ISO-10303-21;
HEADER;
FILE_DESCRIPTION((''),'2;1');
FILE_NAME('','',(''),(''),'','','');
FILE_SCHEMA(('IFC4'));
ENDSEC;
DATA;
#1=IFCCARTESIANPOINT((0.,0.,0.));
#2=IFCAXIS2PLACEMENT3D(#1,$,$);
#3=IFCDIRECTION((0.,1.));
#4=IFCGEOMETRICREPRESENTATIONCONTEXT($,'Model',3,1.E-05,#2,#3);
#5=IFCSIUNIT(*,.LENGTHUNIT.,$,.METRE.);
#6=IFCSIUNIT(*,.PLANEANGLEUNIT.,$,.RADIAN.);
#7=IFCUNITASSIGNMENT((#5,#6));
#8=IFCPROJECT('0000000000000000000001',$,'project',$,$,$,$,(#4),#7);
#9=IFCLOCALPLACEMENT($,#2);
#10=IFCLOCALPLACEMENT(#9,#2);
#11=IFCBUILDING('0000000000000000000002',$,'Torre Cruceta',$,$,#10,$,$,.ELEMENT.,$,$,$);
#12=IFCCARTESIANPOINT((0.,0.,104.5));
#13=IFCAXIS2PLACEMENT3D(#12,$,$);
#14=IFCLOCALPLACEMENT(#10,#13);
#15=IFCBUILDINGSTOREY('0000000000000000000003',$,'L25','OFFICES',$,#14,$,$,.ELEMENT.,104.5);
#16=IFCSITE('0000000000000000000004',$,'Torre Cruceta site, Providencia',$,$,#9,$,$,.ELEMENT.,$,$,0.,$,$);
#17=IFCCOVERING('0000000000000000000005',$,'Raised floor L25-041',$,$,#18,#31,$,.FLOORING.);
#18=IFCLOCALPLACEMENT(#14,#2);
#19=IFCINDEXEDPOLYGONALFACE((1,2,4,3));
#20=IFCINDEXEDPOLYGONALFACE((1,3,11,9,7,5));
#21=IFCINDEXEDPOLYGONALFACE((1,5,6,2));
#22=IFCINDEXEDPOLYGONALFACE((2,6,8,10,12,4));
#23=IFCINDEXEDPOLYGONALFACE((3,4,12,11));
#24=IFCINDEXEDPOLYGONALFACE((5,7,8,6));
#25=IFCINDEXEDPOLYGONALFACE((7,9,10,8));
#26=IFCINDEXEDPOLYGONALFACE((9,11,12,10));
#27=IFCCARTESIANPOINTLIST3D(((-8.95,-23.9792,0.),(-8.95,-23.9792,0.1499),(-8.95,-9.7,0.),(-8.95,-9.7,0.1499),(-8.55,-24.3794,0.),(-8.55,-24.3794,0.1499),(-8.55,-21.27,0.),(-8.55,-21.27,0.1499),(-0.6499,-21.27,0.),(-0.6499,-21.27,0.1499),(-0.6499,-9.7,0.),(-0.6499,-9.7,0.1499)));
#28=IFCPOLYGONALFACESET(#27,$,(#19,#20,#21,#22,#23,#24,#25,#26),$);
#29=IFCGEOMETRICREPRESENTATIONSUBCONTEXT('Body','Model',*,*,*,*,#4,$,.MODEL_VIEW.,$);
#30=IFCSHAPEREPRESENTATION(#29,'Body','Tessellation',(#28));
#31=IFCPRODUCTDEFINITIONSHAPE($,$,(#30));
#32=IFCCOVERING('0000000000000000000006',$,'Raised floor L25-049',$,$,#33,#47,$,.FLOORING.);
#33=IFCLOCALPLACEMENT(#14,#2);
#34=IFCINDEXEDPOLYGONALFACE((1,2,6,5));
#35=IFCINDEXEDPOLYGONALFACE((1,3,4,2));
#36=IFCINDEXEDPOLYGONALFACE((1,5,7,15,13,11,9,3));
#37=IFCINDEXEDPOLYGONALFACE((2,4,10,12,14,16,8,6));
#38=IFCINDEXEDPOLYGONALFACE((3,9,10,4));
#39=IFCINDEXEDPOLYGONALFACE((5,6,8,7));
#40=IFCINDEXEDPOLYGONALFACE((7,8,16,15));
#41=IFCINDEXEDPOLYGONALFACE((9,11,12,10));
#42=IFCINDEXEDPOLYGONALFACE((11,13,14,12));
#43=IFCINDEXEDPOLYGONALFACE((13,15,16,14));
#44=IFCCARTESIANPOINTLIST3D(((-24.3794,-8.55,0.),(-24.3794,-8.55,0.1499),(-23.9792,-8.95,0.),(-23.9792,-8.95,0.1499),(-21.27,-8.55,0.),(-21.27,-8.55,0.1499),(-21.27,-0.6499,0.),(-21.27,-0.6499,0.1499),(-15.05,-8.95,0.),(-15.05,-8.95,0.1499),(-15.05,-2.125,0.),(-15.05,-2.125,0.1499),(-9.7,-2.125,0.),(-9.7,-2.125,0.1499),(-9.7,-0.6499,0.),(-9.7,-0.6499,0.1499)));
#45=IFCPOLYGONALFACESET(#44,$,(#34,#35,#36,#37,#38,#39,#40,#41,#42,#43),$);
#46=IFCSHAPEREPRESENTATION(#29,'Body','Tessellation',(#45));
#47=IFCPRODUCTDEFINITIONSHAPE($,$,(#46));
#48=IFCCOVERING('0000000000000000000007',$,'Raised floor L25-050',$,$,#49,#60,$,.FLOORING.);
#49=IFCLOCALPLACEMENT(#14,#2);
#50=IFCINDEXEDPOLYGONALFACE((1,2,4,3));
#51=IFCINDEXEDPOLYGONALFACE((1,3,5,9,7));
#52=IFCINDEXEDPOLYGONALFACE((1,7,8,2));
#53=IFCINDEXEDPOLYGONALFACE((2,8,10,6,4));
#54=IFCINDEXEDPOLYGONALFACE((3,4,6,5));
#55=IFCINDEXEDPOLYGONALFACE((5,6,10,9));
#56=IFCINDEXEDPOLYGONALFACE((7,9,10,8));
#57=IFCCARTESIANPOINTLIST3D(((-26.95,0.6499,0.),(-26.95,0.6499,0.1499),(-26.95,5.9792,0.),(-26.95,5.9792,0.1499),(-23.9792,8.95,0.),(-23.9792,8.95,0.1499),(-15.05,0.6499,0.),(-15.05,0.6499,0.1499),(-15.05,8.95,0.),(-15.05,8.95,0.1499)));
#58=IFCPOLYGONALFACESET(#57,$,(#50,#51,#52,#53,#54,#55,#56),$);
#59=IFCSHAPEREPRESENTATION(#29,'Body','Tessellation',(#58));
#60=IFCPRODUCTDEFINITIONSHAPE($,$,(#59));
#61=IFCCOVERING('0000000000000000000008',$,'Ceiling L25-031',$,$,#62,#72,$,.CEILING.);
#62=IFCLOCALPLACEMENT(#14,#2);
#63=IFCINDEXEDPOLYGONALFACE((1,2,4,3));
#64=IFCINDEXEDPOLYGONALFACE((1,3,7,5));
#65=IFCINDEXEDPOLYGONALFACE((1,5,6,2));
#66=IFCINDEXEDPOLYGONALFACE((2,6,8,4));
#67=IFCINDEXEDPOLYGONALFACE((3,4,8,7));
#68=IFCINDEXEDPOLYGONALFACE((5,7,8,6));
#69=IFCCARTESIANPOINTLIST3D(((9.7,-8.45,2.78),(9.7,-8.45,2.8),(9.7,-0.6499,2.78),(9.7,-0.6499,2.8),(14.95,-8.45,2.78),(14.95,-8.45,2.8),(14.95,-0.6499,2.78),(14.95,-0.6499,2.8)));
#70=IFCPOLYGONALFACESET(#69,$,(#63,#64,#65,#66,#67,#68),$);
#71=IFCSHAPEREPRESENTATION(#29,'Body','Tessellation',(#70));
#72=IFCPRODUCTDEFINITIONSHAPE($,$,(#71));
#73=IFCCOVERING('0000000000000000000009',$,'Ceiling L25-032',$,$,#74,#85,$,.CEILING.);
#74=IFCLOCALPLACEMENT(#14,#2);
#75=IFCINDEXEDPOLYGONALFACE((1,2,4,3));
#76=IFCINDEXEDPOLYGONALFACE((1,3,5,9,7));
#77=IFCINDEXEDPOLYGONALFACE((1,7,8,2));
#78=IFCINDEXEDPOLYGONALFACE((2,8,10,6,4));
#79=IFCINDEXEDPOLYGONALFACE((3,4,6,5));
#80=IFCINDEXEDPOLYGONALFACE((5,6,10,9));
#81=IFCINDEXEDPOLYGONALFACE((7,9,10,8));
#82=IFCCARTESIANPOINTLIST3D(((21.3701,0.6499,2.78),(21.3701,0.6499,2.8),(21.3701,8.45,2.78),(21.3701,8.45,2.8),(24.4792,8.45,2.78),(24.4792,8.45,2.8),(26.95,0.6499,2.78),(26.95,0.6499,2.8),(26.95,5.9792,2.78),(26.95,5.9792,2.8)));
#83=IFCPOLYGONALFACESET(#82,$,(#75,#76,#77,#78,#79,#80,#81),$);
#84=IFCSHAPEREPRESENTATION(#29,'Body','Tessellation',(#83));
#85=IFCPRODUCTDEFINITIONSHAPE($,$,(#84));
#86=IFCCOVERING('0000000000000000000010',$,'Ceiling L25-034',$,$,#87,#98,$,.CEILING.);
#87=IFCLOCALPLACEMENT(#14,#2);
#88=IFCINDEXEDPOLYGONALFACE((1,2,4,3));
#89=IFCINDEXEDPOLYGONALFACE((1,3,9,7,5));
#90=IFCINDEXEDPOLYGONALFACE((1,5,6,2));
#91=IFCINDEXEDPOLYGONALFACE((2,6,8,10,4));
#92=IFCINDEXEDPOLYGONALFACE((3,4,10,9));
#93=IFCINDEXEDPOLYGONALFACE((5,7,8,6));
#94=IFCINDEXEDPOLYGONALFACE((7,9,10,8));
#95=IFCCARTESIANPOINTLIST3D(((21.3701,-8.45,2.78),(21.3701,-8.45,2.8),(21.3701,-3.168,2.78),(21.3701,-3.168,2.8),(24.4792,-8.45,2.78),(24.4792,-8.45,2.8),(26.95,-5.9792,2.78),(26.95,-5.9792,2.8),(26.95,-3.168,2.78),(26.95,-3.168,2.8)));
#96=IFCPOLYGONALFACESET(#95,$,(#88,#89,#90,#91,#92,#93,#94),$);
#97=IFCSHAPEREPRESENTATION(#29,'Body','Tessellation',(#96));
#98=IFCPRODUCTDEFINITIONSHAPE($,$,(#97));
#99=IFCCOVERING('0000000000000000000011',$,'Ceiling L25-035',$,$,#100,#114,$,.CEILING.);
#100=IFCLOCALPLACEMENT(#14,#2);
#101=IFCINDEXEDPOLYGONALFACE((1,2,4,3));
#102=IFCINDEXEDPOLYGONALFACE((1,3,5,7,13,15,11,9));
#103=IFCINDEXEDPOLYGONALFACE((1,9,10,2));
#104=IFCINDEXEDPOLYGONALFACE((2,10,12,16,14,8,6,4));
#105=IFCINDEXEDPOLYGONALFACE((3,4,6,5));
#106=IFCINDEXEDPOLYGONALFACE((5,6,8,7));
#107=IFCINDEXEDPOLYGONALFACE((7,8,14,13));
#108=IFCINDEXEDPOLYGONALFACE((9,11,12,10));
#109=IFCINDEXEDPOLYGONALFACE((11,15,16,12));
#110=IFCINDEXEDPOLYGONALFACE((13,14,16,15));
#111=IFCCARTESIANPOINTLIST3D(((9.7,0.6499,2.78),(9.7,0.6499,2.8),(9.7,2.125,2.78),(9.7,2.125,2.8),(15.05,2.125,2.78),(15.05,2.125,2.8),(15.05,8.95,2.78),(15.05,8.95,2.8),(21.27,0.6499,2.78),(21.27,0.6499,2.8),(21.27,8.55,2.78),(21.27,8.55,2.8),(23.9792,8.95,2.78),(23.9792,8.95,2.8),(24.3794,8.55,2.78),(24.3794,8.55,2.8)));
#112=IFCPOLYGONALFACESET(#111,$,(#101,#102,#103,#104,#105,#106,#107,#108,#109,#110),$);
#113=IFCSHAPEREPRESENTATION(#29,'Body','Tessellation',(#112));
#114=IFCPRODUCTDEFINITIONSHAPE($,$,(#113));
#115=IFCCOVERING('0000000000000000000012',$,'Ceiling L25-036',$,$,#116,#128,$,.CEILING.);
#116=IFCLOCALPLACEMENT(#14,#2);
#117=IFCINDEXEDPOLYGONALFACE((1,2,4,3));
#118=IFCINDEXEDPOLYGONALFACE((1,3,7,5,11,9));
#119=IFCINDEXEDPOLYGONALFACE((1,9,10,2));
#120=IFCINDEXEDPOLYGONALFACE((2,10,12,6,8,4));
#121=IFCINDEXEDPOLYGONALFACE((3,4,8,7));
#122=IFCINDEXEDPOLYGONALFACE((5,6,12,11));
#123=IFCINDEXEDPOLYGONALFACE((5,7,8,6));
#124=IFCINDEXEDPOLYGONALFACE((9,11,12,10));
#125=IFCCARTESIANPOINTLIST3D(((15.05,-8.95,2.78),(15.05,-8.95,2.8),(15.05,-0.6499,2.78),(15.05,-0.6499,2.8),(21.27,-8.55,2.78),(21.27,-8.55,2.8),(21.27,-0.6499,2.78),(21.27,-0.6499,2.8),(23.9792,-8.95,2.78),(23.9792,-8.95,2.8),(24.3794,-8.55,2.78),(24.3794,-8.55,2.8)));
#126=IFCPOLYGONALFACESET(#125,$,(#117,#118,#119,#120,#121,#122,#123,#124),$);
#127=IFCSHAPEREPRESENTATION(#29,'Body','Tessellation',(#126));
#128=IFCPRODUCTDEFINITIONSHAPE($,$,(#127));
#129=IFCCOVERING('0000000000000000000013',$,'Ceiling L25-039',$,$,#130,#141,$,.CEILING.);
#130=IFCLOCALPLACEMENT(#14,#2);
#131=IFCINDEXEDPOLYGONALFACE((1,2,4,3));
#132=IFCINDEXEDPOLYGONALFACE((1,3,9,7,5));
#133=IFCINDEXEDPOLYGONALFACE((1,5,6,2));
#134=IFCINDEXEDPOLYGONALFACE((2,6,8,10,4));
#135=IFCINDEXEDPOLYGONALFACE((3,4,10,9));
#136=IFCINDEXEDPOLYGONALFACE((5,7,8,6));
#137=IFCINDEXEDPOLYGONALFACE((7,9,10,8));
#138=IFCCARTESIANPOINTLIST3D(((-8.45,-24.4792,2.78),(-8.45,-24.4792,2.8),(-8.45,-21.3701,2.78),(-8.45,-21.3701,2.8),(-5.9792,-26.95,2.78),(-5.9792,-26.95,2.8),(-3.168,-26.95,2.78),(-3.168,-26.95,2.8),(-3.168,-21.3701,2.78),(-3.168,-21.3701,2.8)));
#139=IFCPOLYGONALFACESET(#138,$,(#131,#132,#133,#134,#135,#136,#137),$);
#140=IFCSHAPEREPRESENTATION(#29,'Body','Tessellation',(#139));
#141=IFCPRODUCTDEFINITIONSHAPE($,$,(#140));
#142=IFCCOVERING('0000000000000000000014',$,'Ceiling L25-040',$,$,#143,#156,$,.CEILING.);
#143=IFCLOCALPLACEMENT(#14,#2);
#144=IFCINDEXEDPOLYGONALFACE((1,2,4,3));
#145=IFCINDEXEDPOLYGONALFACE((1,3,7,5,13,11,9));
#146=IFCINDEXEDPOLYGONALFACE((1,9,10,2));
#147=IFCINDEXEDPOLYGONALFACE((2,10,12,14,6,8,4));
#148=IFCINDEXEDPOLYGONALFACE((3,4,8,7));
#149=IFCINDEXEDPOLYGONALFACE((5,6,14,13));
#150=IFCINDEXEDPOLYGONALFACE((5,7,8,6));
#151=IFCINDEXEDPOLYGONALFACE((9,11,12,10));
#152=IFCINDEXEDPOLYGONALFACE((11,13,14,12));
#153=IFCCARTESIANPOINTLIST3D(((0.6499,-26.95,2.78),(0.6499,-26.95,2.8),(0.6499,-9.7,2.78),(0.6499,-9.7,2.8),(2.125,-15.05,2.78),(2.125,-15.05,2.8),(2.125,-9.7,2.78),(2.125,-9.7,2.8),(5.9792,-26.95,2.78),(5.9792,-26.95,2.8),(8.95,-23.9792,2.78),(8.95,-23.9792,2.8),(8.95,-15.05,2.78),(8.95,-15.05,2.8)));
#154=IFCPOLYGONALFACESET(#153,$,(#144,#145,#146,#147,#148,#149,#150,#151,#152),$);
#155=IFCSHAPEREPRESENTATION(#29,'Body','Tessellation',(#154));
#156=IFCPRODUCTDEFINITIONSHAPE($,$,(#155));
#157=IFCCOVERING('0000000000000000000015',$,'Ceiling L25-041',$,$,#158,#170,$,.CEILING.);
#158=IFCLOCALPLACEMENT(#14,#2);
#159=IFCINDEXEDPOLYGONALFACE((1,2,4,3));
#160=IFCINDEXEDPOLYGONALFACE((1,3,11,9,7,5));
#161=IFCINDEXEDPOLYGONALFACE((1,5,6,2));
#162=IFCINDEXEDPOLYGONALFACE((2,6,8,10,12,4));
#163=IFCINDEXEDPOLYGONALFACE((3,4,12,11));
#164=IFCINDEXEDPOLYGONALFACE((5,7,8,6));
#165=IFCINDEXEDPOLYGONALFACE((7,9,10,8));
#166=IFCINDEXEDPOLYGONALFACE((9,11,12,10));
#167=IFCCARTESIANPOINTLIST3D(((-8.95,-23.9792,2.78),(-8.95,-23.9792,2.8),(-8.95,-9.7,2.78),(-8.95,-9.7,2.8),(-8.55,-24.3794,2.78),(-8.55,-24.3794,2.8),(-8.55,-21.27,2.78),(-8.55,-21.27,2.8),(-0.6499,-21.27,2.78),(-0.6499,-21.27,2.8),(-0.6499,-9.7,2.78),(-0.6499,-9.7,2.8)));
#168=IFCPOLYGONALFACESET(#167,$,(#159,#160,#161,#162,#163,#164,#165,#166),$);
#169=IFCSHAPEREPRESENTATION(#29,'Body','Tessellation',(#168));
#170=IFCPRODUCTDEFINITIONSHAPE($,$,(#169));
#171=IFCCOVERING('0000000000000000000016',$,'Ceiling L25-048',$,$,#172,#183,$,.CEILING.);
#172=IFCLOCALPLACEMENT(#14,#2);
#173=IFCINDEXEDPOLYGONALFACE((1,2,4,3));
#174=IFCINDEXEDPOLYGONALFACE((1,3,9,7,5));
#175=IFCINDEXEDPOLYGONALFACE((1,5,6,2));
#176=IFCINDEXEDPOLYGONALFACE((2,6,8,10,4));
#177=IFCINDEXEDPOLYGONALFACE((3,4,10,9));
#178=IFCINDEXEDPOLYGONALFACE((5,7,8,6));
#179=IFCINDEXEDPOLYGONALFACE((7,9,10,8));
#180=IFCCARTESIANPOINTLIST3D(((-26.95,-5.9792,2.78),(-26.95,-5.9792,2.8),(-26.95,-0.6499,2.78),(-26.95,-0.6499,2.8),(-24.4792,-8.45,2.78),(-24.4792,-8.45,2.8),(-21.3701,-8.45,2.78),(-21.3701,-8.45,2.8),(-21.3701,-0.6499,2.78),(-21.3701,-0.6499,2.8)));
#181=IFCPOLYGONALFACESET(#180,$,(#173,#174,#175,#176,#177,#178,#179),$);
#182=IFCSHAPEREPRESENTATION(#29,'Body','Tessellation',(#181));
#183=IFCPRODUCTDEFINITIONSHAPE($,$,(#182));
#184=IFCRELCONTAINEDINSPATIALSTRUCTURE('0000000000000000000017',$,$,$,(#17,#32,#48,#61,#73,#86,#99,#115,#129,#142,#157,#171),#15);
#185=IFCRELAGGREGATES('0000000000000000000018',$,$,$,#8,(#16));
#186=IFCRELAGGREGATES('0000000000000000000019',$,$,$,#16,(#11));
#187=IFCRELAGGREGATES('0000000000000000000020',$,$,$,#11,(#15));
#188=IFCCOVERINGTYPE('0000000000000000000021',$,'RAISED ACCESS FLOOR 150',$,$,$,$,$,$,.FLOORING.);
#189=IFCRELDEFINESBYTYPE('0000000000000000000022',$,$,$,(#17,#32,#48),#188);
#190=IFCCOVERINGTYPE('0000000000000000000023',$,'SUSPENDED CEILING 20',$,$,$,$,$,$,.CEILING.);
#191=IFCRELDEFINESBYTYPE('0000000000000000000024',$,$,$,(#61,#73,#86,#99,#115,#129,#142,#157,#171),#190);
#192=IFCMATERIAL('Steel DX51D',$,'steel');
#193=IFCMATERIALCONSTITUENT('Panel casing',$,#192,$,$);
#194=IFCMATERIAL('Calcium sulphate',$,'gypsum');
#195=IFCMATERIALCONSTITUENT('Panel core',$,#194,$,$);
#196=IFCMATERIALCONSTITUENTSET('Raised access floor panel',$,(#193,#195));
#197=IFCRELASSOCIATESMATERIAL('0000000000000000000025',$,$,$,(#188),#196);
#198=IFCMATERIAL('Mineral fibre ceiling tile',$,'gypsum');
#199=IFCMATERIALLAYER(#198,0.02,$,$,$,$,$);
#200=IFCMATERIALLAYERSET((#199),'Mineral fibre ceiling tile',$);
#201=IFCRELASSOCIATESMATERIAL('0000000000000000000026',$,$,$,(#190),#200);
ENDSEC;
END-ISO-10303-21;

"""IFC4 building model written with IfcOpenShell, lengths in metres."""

from ifc_helpers import new_model, si_unit, direction, frame, origin, place, context, subcontext, project, spatial, polyline, outline, extrude, material, layer, layer_set, constituent, constituent_set, type_object, element, save


model = new_model("IFC4")

# Units and contexts
model_context = context("Model", 3, precision=1e-05, world=origin(), true_north=direction((0.0, 1.0)))
body_context = subcontext(model_context, "Body", "Model", "MODEL_VIEW")
ifc_project = project(units=[si_unit("LENGTHUNIT", "METRE"), si_unit("PLANEANGLEUNIT", "RADIAN")], contexts=[model_context])

# Site, building, storey
site_placement = place(None, origin())
site = spatial("IfcSite", under=ifc_project, at=site_placement, Name="Torre Cruceta site, Providencia", CompositionType="ELEMENT", RefElevation=0.0)
building_placement = place(site_placement, origin())
building = spatial("IfcBuilding", under=site, at=building_placement, Name="Torre Cruceta", CompositionType="ELEMENT")
storey_placement = place(building_placement, frame((0.0, 0.0, 104.5)))
storey = spatial("IfcBuildingStorey", under=building, at=storey_placement, Name="L25", Description="OFFICES", CompositionType="ELEMENT", Elevation=104.5)

# Coverings
ifc_material_1 = material(Name="Steel DX51D", Category="steel")
ifc_constituent_1 = constituent(ifc_material_1, Name="Panel casing")
ifc_material_2 = material(Name="Calcium sulphate", Category="gypsum")
ifc_constituent_2 = constituent(ifc_material_2, Name="Panel core")
ifc_constituent_set_1 = constituent_set(constituents=[ifc_constituent_1, ifc_constituent_2], Name="Raised access floor panel")
covering_type_1 = type_object("IfcCoveringType", Name="RAISED ACCESS FLOOR 150", PredefinedType="FLOORING", material=ifc_constituent_set_1)
covering_1_placement = place(storey_placement, origin())
element("IfcCovering", 1, at=covering_1_placement, inside=storey, type_object=covering_type_1, Name="Raised floor L25-041", PredefinedType="FLOORING", context=body_context, shape_type="SweptSolid", body=[
    extrude(outline(polyline([(-8.55, -21.27), (-8.55, -24.3794), (-8.95, -23.9792), (-8.95, -9.7), (-0.6499, -9.7), (-0.6499, -21.27), (-8.55, -21.27)])), origin(), (0.0, 0.0, 1.0), 0.1499),
])
covering_2_placement = place(storey_placement, origin())
element("IfcCovering", 2, at=covering_2_placement, inside=storey, type_object=covering_type_1, Name="Raised floor L25-049", PredefinedType="FLOORING", context=body_context, shape_type="SweptSolid", body=[
    extrude(outline(polyline([(-9.7, -2.125), (-15.05, -2.125), (-15.05, -8.95), (-23.9792, -8.95), (-24.3794, -8.55), (-21.27, -8.55), (-21.27, -0.6499), (-9.7, -0.6499), (-9.7, -2.125)])), origin(), (0.0, 0.0, 1.0), 0.1499),
])
covering_3_placement = place(storey_placement, origin())
element("IfcCovering", 3, at=covering_3_placement, inside=storey, type_object=covering_type_1, Name="Raised floor L25-050", PredefinedType="FLOORING", context=body_context, shape_type="SweptSolid", body=[
    extrude(outline(polyline([(-23.9792, 8.95), (-15.05, 8.95), (-15.05, 0.6499), (-26.95, 0.6499), (-26.95, 5.9792), (-23.9792, 8.95)])), origin(), (0.0, 0.0, 1.0), 0.1499),
])
ifc_material_3 = material(Name="Mineral fibre ceiling tile", Category="gypsum")
ifc_layer_1 = layer(ifc_material_3, 0.02)
ifc_layer_set_1 = layer_set([ifc_layer_1], Name="Mineral fibre ceiling tile")
covering_type_2 = type_object("IfcCoveringType", Name="SUSPENDED CEILING 20", PredefinedType="CEILING", material=ifc_layer_set_1)
covering_4_placement = place(storey_placement, frame((0.0, 0.0, 2.78)))
element("IfcCovering", 4, at=covering_4_placement, inside=storey, type_object=covering_type_2, Name="Ceiling L25-031", PredefinedType="CEILING", context=body_context, shape_type="SweptSolid", body=[
    extrude(outline(polyline([(9.7, -8.45), (9.7, -0.6499), (14.95, -0.6499), (14.95, -8.45), (9.7, -8.45)])), origin(), (0.0, 0.0, 1.0), 0.02),
])
covering_5_placement = place(storey_placement, frame((0.0, 0.0, 2.78)))
element("IfcCovering", 5, at=covering_5_placement, inside=storey, type_object=covering_type_2, Name="Ceiling L25-032", PredefinedType="CEILING", context=body_context, shape_type="SweptSolid", body=[
    extrude(outline(polyline([(26.95, 0.6499), (21.3701, 0.6499), (21.3701, 8.45), (24.4792, 8.45), (26.95, 5.9792), (26.95, 0.6499)])), origin(), (0.0, 0.0, 1.0), 0.02),
])
covering_6_placement = place(storey_placement, frame((0.0, 0.0, 2.78)))
element("IfcCovering", 6, at=covering_6_placement, inside=storey, type_object=covering_type_2, Name="Ceiling L25-034", PredefinedType="CEILING", context=body_context, shape_type="SweptSolid", body=[
    extrude(outline(polyline([(24.4792, -8.45), (21.3701, -8.45), (21.3701, -3.168), (26.95, -3.168), (26.95, -5.9792), (24.4792, -8.45)])), origin(), (0.0, 0.0, 1.0), 0.02),
])
covering_7_placement = place(storey_placement, frame((0.0, 0.0, 2.78)))
element("IfcCovering", 7, at=covering_7_placement, inside=storey, type_object=covering_type_2, Name="Ceiling L25-035", PredefinedType="CEILING", context=body_context, shape_type="SweptSolid", body=[
    extrude(outline(polyline([(9.7, 2.125), (15.05, 2.125), (15.05, 8.95), (23.9792, 8.95), (24.3794, 8.55), (21.27, 8.55), (21.27, 0.6499), (9.7, 0.6499), (9.7, 2.125)])), origin(), (0.0, 0.0, 1.0), 0.02),
])
covering_8_placement = place(storey_placement, frame((0.0, 0.0, 2.78)))
element("IfcCovering", 8, at=covering_8_placement, inside=storey, type_object=covering_type_2, Name="Ceiling L25-036", PredefinedType="CEILING", context=body_context, shape_type="SweptSolid", body=[
    extrude(outline(polyline([(15.05, -8.95), (15.05, -0.6499), (21.27, -0.6499), (21.27, -8.55), (24.3794, -8.55), (23.9792, -8.95), (15.05, -8.95)])), origin(), (0.0, 0.0, 1.0), 0.02),
])
covering_9_placement = place(storey_placement, frame((0.0, 0.0, 2.78)))
element("IfcCovering", 9, at=covering_9_placement, inside=storey, type_object=covering_type_2, Name="Ceiling L25-039", PredefinedType="CEILING", context=body_context, shape_type="SweptSolid", body=[
    extrude(outline(polyline([(-8.45, -24.4792), (-8.45, -21.3701), (-3.168, -21.3701), (-3.168, -26.95), (-5.9792, -26.95), (-8.45, -24.4792)])), origin(), (0.0, 0.0, 1.0), 0.02),
])
covering_10_placement = place(storey_placement, frame((0.0, 0.0, 2.78)))
element("IfcCovering", 10, at=covering_10_placement, inside=storey, type_object=covering_type_2, Name="Ceiling L25-040", PredefinedType="CEILING", context=body_context, shape_type="SweptSolid", body=[
    extrude(outline(polyline([(0.6499, -26.95), (0.6499, -9.7), (2.125, -9.7), (2.125, -15.05), (8.95, -15.05), (8.95, -23.9792), (5.9792, -26.95), (0.6499, -26.95)])), origin(), (0.0, 0.0, 1.0), 0.02),
])
covering_11_placement = place(storey_placement, frame((0.0, 0.0, 2.78)))
element("IfcCovering", 11, at=covering_11_placement, inside=storey, type_object=covering_type_2, Name="Ceiling L25-041", PredefinedType="CEILING", context=body_context, shape_type="SweptSolid", body=[
    extrude(outline(polyline([(-8.55, -21.27), (-8.55, -24.3794), (-8.95, -23.9792), (-8.95, -9.7), (-0.6499, -9.7), (-0.6499, -21.27), (-8.55, -21.27)])), origin(), (0.0, 0.0, 1.0), 0.02),
])
covering_12_placement = place(storey_placement, frame((0.0, 0.0, 2.78)))
element("IfcCovering", 12, at=covering_12_placement, inside=storey, type_object=covering_type_2, Name="Ceiling L25-048", PredefinedType="CEILING", context=body_context, shape_type="SweptSolid", body=[
    extrude(outline(polyline([(-26.95, -0.6499), (-21.3701, -0.6499), (-21.3701, -8.45), (-24.4792, -8.45), (-26.95, -5.9792), (-26.95, -0.6499)])), origin(), (0.0, 0.0, 1.0), 0.02),
])

save(model, "model.ifc")
